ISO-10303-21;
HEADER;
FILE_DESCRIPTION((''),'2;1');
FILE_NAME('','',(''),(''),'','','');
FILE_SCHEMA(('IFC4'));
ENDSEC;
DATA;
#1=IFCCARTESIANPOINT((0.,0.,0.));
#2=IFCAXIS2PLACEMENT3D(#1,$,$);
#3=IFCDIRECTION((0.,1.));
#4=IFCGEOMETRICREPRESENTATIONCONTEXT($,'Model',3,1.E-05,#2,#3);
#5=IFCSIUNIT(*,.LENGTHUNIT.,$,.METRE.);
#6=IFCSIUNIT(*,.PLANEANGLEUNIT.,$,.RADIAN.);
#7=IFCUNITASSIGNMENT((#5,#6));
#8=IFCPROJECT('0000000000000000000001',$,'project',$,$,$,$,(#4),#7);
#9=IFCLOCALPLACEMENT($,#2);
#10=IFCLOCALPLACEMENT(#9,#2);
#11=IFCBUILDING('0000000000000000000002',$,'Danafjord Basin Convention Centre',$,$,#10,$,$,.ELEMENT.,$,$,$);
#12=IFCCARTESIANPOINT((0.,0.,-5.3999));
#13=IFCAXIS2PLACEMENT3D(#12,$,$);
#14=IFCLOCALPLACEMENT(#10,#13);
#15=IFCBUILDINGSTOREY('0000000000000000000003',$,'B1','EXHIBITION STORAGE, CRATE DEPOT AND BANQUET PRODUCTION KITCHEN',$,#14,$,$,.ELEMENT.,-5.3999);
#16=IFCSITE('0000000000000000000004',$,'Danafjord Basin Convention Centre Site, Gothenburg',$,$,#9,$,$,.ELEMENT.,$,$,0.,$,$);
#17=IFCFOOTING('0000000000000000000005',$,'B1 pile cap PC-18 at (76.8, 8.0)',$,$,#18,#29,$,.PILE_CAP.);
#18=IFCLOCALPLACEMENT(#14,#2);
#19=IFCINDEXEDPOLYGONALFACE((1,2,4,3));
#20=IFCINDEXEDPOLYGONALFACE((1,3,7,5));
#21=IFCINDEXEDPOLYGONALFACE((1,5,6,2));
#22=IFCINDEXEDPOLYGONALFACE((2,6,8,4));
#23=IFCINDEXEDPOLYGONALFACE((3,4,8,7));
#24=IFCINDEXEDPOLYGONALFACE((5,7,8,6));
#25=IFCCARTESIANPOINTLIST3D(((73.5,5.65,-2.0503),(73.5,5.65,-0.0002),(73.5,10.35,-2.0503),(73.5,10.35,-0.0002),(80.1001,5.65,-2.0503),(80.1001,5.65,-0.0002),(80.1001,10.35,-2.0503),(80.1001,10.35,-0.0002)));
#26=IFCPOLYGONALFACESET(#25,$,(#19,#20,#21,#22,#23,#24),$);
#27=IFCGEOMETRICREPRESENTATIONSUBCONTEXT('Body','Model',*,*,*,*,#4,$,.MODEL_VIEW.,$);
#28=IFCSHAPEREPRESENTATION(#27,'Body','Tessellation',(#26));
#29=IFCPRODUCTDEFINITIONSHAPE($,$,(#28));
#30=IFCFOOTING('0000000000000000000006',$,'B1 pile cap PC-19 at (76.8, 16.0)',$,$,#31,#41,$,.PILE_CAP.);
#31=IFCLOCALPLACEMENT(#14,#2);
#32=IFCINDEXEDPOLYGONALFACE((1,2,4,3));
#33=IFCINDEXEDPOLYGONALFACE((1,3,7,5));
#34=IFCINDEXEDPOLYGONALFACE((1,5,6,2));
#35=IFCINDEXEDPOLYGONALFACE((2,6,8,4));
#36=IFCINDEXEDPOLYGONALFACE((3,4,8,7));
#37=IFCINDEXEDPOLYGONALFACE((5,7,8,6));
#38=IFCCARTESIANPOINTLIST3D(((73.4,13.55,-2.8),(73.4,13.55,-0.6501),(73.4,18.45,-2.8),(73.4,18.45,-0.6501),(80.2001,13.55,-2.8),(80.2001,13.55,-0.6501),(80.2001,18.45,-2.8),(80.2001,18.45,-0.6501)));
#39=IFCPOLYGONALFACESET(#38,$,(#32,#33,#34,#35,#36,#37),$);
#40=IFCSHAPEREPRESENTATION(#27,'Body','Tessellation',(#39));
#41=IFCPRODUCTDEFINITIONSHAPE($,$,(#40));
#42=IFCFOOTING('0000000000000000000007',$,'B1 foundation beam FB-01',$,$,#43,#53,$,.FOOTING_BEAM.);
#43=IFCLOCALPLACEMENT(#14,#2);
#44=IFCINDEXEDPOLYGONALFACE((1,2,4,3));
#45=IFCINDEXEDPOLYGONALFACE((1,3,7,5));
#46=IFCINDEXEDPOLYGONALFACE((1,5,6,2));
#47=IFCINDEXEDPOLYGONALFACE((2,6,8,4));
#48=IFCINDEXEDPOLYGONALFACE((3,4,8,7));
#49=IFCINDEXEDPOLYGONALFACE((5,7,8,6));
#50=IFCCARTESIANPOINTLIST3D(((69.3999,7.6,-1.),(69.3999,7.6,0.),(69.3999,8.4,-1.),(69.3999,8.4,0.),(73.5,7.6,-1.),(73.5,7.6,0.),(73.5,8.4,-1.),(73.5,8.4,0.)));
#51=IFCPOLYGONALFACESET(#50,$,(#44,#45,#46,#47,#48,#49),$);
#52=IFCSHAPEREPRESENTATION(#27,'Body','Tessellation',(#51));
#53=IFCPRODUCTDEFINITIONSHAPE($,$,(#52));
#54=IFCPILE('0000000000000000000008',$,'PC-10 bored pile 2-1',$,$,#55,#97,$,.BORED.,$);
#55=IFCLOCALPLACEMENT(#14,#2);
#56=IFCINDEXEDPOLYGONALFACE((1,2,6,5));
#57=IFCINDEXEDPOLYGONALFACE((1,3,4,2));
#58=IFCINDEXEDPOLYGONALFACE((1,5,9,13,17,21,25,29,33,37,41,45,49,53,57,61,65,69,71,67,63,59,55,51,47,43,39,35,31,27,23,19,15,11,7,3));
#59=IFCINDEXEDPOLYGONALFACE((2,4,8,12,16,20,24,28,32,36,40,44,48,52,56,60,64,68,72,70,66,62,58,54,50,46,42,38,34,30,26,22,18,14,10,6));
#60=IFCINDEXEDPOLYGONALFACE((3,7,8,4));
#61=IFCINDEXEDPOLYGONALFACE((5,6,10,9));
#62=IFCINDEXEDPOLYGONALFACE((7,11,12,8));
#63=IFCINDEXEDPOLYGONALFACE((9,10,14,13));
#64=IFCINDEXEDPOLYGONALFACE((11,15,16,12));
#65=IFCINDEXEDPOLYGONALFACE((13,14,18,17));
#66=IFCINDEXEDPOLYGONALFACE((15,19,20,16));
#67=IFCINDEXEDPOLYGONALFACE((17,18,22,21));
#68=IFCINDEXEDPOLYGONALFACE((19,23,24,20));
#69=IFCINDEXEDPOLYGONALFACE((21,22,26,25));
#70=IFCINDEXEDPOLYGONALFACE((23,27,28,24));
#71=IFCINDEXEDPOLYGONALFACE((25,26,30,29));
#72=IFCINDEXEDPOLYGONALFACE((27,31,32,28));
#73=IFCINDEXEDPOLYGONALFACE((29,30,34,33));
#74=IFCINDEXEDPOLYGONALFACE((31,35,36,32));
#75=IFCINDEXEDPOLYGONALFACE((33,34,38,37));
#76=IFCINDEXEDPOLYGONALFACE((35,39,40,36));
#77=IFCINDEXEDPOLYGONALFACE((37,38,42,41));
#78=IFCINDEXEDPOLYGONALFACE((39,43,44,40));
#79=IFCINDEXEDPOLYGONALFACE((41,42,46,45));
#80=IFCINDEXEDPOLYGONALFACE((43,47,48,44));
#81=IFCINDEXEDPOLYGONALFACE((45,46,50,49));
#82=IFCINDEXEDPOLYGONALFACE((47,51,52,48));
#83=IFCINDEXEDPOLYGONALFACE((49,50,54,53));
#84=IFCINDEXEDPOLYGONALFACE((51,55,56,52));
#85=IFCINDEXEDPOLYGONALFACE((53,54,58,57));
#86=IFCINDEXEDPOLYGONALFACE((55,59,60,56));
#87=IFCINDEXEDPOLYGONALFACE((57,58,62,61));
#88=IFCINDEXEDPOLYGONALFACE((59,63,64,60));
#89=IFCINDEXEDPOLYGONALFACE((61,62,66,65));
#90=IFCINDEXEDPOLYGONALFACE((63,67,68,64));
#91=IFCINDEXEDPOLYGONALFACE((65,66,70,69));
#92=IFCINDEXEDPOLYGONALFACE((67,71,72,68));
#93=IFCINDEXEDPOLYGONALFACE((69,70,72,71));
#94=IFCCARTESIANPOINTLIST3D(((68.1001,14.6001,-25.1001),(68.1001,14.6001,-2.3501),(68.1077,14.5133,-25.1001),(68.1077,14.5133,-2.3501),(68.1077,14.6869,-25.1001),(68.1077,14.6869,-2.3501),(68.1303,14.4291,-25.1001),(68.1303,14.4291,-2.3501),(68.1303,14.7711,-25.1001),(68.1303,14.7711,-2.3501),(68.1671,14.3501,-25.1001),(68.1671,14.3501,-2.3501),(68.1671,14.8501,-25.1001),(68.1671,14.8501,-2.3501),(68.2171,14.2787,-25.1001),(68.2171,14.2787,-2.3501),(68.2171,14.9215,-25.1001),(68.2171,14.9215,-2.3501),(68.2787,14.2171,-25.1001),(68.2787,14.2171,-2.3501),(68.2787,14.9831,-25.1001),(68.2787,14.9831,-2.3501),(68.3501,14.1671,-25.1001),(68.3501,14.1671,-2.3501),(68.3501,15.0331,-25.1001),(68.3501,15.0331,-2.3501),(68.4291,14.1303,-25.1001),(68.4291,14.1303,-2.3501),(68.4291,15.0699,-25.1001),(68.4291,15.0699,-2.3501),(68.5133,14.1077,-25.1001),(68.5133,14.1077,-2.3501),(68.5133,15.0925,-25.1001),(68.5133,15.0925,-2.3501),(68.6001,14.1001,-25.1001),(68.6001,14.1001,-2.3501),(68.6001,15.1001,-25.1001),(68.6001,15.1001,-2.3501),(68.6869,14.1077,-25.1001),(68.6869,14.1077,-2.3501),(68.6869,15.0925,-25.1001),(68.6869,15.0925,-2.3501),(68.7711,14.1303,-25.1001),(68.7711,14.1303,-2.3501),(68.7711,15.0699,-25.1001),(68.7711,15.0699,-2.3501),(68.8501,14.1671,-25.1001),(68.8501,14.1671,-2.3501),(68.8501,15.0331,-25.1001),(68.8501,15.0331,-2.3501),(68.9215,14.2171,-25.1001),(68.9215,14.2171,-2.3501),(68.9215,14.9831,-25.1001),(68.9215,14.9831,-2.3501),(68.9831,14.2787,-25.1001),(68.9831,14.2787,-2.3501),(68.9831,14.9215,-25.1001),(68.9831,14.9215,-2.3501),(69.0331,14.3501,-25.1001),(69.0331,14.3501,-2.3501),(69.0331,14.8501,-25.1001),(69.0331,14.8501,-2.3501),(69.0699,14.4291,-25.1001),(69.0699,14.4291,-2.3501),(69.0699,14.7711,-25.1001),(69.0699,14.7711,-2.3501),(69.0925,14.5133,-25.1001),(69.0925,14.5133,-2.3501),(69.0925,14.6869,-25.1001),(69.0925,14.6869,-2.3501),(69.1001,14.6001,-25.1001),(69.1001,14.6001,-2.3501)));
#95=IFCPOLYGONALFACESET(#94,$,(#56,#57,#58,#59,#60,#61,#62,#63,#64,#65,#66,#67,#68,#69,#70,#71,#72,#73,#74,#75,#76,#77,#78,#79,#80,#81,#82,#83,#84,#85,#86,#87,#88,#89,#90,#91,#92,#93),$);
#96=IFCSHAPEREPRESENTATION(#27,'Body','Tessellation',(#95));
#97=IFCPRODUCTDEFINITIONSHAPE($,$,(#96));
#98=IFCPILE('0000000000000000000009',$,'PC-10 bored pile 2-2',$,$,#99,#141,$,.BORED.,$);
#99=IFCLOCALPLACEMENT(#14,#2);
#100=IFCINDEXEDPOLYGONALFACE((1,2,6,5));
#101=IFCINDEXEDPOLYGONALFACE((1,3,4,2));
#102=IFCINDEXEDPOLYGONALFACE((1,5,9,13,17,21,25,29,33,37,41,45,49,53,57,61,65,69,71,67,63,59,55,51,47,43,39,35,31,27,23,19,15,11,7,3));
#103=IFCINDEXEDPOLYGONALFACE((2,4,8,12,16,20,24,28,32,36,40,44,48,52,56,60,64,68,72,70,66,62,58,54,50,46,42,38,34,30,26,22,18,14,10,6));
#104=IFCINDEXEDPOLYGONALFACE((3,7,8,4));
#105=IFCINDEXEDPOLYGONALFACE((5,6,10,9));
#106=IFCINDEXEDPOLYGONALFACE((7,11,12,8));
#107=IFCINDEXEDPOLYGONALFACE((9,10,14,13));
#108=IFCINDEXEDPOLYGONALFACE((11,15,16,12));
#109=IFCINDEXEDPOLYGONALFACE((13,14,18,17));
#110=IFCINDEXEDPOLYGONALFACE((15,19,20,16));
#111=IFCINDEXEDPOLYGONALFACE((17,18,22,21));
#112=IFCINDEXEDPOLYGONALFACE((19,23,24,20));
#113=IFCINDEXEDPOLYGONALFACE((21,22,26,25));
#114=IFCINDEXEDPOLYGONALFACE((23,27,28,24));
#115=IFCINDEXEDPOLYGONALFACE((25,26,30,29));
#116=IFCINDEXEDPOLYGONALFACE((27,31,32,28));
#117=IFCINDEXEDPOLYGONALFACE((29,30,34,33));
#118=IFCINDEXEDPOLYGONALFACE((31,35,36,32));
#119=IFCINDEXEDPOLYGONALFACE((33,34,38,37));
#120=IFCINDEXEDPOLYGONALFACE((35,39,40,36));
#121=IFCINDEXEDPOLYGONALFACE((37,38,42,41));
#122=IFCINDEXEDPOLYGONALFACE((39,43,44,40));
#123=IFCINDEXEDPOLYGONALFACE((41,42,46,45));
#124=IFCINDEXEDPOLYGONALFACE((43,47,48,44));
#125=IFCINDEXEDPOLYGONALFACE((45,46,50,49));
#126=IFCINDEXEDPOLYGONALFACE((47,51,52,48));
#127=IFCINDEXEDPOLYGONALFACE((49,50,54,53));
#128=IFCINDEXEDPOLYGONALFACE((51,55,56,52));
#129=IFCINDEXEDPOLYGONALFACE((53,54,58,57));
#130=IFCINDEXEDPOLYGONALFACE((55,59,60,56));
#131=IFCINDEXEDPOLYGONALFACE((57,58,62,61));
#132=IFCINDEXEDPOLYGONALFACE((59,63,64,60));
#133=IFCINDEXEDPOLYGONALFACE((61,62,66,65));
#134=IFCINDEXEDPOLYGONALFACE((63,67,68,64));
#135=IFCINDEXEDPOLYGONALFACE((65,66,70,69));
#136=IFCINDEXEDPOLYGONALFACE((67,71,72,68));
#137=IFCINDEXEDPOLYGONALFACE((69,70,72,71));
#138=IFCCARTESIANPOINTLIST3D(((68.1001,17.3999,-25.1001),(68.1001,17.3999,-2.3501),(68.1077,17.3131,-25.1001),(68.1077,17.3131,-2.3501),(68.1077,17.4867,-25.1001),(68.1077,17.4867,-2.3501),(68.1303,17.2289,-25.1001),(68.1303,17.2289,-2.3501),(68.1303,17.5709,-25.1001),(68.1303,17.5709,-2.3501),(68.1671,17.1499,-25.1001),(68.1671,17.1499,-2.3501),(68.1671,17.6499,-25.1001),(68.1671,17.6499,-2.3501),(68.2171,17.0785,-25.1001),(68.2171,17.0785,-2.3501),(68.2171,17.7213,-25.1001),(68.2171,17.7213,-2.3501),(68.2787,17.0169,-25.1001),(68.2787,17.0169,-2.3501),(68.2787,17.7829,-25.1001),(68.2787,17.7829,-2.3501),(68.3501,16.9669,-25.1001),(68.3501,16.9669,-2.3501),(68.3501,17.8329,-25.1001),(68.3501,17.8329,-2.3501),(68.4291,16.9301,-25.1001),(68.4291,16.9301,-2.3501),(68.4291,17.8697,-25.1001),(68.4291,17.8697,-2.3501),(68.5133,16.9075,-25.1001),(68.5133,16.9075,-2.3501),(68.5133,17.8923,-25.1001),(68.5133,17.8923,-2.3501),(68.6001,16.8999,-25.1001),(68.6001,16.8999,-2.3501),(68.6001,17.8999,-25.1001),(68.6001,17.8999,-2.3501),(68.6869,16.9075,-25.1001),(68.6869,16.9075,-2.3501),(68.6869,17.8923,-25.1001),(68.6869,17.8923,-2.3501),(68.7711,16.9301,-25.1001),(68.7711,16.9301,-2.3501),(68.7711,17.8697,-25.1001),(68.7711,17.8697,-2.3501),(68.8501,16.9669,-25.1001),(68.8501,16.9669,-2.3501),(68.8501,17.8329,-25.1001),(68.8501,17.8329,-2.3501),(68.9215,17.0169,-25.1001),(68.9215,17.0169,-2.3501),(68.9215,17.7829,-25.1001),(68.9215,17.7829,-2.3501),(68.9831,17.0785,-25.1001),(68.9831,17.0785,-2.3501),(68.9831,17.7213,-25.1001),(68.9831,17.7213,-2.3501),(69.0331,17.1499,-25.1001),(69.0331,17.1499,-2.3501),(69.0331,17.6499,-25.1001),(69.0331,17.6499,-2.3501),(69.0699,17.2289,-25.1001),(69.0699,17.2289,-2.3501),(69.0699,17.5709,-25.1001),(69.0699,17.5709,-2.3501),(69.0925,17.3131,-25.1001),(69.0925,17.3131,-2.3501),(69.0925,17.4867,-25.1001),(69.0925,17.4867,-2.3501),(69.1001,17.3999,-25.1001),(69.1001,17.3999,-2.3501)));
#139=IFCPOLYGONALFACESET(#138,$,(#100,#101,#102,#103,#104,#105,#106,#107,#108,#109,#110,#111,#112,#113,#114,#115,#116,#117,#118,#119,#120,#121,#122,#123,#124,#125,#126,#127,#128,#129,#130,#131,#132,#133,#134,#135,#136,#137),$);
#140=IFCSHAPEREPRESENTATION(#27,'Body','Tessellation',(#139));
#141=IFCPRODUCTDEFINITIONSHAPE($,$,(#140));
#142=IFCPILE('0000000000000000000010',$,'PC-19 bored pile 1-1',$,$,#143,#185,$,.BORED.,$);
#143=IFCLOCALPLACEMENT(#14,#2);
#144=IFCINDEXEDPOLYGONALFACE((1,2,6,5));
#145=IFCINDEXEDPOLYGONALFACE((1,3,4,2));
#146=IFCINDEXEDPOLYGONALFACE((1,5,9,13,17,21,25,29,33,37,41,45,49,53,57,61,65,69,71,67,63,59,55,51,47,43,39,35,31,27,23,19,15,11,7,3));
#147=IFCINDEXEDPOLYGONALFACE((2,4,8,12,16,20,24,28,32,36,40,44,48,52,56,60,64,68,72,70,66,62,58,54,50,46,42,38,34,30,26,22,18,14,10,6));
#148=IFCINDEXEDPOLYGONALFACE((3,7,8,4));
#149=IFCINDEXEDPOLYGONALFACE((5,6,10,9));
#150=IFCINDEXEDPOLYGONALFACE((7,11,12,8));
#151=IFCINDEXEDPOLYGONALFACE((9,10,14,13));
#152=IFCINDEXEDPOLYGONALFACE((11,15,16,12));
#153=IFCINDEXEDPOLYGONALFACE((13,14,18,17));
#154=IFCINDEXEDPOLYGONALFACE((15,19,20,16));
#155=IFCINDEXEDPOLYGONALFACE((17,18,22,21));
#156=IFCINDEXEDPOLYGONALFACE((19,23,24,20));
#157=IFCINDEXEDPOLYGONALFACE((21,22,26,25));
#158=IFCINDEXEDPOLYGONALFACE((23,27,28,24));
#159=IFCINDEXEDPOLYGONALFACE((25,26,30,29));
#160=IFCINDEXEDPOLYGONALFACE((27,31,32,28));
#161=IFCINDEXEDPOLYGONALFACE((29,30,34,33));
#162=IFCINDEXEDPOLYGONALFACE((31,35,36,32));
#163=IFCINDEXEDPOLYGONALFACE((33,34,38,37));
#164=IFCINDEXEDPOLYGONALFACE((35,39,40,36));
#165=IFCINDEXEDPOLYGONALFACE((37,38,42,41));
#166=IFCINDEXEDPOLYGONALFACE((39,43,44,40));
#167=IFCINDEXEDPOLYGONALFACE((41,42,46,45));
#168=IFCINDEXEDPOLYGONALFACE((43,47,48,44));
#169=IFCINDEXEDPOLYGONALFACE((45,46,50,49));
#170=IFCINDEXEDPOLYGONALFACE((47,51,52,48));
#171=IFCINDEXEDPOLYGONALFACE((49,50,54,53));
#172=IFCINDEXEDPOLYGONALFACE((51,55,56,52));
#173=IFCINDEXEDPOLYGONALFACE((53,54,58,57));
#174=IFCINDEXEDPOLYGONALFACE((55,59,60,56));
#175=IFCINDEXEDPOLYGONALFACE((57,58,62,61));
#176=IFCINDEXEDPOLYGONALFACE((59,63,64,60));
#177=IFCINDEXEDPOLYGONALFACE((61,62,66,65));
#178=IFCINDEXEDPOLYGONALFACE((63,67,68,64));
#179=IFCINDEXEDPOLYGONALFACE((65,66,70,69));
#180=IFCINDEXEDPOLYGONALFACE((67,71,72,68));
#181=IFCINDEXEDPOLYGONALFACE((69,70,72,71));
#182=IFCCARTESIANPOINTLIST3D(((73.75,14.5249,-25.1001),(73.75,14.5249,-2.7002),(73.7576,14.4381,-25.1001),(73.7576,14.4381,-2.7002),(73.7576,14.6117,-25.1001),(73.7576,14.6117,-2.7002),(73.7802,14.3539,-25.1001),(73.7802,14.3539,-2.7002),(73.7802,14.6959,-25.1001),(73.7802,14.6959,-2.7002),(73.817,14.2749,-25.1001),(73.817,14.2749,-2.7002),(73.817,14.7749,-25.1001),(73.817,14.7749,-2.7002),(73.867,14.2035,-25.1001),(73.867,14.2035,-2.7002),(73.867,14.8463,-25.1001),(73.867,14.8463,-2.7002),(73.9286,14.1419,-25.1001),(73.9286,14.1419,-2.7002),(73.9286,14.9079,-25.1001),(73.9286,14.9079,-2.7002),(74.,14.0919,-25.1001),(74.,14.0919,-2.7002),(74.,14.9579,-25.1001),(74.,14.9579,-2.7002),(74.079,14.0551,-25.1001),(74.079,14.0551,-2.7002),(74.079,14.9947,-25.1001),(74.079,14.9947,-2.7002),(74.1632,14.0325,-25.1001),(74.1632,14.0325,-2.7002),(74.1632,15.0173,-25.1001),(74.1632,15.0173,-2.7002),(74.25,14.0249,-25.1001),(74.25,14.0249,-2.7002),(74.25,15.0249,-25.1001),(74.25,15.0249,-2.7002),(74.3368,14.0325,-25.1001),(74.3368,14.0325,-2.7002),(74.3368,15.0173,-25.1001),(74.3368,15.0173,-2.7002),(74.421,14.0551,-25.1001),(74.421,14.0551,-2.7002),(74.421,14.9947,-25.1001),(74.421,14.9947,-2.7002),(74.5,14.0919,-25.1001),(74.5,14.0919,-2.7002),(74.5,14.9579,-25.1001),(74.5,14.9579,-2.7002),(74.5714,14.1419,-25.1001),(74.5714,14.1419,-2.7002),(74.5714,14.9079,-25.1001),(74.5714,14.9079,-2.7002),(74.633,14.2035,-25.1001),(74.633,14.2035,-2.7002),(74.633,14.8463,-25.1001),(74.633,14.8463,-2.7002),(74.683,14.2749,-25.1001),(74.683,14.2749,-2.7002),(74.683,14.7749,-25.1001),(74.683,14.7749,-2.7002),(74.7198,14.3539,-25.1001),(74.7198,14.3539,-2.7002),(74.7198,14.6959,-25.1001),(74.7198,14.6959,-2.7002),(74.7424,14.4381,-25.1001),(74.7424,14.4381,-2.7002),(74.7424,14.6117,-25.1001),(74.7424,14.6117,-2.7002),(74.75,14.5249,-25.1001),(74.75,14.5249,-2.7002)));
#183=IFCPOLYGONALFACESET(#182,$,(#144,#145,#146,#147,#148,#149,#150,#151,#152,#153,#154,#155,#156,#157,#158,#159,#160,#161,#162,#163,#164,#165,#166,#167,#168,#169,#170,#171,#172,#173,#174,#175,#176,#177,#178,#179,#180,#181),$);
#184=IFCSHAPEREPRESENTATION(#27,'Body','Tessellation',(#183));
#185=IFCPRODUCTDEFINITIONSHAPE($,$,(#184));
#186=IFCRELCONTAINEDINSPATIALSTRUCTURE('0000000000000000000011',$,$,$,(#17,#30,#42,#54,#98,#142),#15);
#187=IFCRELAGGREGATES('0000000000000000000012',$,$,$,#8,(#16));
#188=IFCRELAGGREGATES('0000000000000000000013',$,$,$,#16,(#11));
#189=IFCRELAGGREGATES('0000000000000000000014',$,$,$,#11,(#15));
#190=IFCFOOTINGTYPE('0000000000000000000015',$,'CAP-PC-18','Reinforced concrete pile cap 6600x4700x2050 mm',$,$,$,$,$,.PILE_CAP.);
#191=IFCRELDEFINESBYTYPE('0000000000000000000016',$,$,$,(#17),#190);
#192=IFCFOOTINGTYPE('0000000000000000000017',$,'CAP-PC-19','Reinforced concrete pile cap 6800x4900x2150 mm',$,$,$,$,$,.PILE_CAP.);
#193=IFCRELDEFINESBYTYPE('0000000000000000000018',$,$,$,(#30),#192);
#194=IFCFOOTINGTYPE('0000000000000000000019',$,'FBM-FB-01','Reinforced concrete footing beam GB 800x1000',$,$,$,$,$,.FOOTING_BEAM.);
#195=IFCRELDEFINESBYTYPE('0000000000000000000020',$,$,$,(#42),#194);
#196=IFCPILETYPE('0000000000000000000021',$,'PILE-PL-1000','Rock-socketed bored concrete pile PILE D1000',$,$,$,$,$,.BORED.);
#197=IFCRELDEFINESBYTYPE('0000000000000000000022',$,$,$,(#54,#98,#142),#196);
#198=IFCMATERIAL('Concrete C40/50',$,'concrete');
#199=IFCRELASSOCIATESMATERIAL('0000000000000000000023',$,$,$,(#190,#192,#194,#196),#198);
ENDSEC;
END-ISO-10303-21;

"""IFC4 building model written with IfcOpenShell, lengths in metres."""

from ifc_helpers import new_model, si_unit, direction, frame, origin, origin_2d, place, context, subcontext, project, spatial, rectangle, circle, extrude, material, material_profile, profile_set, type_object, element, save


model = new_model("IFC4")

# Units and contexts
model_context = context("Model", 3, precision=1e-05, world=origin(), true_north=direction((0.0, 1.0)))
body_context = subcontext(model_context, "Body", "Model", "MODEL_VIEW")
ifc_project = project(units=[si_unit("LENGTHUNIT", "METRE"), si_unit("PLANEANGLEUNIT", "RADIAN")], contexts=[model_context])

# Site, building, storey
site_placement = place(None, origin())
site = spatial("IfcSite", under=ifc_project, at=site_placement, Name="Danafjord Basin Convention Centre Site, Gothenburg", CompositionType="ELEMENT", RefElevation=0.0)
building_placement = place(site_placement, origin())
building = spatial("IfcBuilding", under=site, at=building_placement, Name="Danafjord Basin Convention Centre", CompositionType="ELEMENT")
storey_placement = place(building_placement, frame((0.0, 0.0, -5.3999)))
storey = spatial("IfcBuildingStorey", under=building, at=storey_placement, Name="B1", Description="EXHIBITION STORAGE, CRATE DEPOT AND BANQUET PRODUCTION KITCHEN", CompositionType="ELEMENT", Elevation=-5.3999)

# Footings
ifc_material_1 = material(Name="Concrete C40/50", Category="concrete")
footing_type_1 = type_object("IfcFootingType", Name="CAP-PC-18", Description="Reinforced concrete pile cap 6600x4700x2050 mm", PredefinedType="PILE_CAP", material=ifc_material_1)
footing_1_placement = place(storey_placement, frame((76.8, 8.0, -2.0503), z_axis=(0.0, 0.0, 1.0), x_axis=(1.0, 0.0, 0.0)))
element("IfcFooting", 1, at=footing_1_placement, inside=storey, type_object=footing_type_1, Name="B1 pile cap PC-18 at (76.8, 8.0)", PredefinedType="PILE_CAP", context=body_context, shape_type="SweptSolid", body=[
    extrude(rectangle(XDim=6.6001, YDim=4.7, at=origin_2d()), origin(), (0.0, 0.0, 1.0), 2.05),
])
footing_type_2 = type_object("IfcFootingType", Name="CAP-PC-19", Description="Reinforced concrete pile cap 6800x4900x2150 mm", PredefinedType="PILE_CAP", material=ifc_material_1)
footing_2_placement = place(storey_placement, frame((76.8, 16.0, -2.8), z_axis=(0.0, 0.0, 1.0), x_axis=(1.0, 0.0, 0.0)))
element("IfcFooting", 2, at=footing_2_placement, inside=storey, type_object=footing_type_2, Name="B1 pile cap PC-19 at (76.8, 16.0)", PredefinedType="PILE_CAP", context=body_context, shape_type="SweptSolid", body=[
    extrude(rectangle(XDim=6.8, YDim=4.8999, at=origin_2d()), origin(), (0.0, 0.0, 1.0), 2.1499),
])
ifc_material_profile_1 = material_profile(ifc_material_1, rectangle(XDim=0.8, YDim=1.0, at=origin_2d()), Name="GB 800x1000")
ifc_profile_set_1 = profile_set([ifc_material_profile_1], Name="Concrete C40/50")
footing_type_3 = type_object("IfcFootingType", Name="FBM-FB-01", Description="Reinforced concrete footing beam GB 800x1000", PredefinedType="FOOTING_BEAM", material=ifc_profile_set_1)
footing_3_placement = place(storey_placement, frame((69.3999, 8.0, -0.5), z_axis=(1.0, 0.0, 0.0), x_axis=(0.0, 1.0, 0.0)))
element("IfcFooting", 3, at=footing_3_placement, inside=storey, type_object=footing_type_3, Name="B1 foundation beam FB-01", PredefinedType="FOOTING_BEAM", context=body_context, shape_type="SweptSolid", body=[
    extrude(rectangle(XDim=0.8, YDim=1.0, at=origin_2d()), origin(), (0.0, 0.0, 1.0), 4.1001),
])

# Piles
ifc_material_profile_2 = material_profile(ifc_material_1, circle(Radius=0.5, at=origin_2d()), Name="PILE D1000")
ifc_profile_set_2 = profile_set([ifc_material_profile_2], Name="Concrete C40/50")
pile_type_1 = type_object("IfcPileType", Name="PILE-PL-1000", Description="Rock-socketed bored concrete pile PILE D1000", PredefinedType="BORED", material=ifc_profile_set_2)
for number, where, z_axis, x_axis, name in (
    (4, (68.6001, 14.6001, -2.3501), (0.0, 0.0, -1.0), (1.0, 0.0, 0.0), "PC-10 bored pile 2-1"),
    (5, (68.6001, 17.3999, -2.3501), (0.0, 0.0, -1.0), (1.0, 0.0, 0.0), "PC-10 bored pile 2-2"),
):
    element("IfcPile", number, at=place(storey_placement, frame(where, z_axis=z_axis, x_axis=x_axis)), inside=storey, type_object=pile_type_1, Name=name, PredefinedType="BORED", context=body_context, shape_type="SweptSolid", body=[
        extrude(circle(Radius=0.5, at=origin_2d()), origin(), (0.0, 0.0, 1.0), 22.75),
    ])
for number, where, z_axis, x_axis, name in (
    (6, (74.25, 14.5249, -2.7002), (0.0, 0.0, -1.0), (1.0, 0.0, 0.0), "PC-19 bored pile 1-1"),
):
    element("IfcPile", number, at=place(storey_placement, frame(where, z_axis=z_axis, x_axis=x_axis)), inside=storey, type_object=pile_type_1, Name=name, PredefinedType="BORED", context=body_context, shape_type="SweptSolid", body=[
        extrude(circle(Radius=0.5, at=origin_2d()), origin(), (0.0, 0.0, 1.0), 22.3999),
    ])

save(model, "model.ifc")
